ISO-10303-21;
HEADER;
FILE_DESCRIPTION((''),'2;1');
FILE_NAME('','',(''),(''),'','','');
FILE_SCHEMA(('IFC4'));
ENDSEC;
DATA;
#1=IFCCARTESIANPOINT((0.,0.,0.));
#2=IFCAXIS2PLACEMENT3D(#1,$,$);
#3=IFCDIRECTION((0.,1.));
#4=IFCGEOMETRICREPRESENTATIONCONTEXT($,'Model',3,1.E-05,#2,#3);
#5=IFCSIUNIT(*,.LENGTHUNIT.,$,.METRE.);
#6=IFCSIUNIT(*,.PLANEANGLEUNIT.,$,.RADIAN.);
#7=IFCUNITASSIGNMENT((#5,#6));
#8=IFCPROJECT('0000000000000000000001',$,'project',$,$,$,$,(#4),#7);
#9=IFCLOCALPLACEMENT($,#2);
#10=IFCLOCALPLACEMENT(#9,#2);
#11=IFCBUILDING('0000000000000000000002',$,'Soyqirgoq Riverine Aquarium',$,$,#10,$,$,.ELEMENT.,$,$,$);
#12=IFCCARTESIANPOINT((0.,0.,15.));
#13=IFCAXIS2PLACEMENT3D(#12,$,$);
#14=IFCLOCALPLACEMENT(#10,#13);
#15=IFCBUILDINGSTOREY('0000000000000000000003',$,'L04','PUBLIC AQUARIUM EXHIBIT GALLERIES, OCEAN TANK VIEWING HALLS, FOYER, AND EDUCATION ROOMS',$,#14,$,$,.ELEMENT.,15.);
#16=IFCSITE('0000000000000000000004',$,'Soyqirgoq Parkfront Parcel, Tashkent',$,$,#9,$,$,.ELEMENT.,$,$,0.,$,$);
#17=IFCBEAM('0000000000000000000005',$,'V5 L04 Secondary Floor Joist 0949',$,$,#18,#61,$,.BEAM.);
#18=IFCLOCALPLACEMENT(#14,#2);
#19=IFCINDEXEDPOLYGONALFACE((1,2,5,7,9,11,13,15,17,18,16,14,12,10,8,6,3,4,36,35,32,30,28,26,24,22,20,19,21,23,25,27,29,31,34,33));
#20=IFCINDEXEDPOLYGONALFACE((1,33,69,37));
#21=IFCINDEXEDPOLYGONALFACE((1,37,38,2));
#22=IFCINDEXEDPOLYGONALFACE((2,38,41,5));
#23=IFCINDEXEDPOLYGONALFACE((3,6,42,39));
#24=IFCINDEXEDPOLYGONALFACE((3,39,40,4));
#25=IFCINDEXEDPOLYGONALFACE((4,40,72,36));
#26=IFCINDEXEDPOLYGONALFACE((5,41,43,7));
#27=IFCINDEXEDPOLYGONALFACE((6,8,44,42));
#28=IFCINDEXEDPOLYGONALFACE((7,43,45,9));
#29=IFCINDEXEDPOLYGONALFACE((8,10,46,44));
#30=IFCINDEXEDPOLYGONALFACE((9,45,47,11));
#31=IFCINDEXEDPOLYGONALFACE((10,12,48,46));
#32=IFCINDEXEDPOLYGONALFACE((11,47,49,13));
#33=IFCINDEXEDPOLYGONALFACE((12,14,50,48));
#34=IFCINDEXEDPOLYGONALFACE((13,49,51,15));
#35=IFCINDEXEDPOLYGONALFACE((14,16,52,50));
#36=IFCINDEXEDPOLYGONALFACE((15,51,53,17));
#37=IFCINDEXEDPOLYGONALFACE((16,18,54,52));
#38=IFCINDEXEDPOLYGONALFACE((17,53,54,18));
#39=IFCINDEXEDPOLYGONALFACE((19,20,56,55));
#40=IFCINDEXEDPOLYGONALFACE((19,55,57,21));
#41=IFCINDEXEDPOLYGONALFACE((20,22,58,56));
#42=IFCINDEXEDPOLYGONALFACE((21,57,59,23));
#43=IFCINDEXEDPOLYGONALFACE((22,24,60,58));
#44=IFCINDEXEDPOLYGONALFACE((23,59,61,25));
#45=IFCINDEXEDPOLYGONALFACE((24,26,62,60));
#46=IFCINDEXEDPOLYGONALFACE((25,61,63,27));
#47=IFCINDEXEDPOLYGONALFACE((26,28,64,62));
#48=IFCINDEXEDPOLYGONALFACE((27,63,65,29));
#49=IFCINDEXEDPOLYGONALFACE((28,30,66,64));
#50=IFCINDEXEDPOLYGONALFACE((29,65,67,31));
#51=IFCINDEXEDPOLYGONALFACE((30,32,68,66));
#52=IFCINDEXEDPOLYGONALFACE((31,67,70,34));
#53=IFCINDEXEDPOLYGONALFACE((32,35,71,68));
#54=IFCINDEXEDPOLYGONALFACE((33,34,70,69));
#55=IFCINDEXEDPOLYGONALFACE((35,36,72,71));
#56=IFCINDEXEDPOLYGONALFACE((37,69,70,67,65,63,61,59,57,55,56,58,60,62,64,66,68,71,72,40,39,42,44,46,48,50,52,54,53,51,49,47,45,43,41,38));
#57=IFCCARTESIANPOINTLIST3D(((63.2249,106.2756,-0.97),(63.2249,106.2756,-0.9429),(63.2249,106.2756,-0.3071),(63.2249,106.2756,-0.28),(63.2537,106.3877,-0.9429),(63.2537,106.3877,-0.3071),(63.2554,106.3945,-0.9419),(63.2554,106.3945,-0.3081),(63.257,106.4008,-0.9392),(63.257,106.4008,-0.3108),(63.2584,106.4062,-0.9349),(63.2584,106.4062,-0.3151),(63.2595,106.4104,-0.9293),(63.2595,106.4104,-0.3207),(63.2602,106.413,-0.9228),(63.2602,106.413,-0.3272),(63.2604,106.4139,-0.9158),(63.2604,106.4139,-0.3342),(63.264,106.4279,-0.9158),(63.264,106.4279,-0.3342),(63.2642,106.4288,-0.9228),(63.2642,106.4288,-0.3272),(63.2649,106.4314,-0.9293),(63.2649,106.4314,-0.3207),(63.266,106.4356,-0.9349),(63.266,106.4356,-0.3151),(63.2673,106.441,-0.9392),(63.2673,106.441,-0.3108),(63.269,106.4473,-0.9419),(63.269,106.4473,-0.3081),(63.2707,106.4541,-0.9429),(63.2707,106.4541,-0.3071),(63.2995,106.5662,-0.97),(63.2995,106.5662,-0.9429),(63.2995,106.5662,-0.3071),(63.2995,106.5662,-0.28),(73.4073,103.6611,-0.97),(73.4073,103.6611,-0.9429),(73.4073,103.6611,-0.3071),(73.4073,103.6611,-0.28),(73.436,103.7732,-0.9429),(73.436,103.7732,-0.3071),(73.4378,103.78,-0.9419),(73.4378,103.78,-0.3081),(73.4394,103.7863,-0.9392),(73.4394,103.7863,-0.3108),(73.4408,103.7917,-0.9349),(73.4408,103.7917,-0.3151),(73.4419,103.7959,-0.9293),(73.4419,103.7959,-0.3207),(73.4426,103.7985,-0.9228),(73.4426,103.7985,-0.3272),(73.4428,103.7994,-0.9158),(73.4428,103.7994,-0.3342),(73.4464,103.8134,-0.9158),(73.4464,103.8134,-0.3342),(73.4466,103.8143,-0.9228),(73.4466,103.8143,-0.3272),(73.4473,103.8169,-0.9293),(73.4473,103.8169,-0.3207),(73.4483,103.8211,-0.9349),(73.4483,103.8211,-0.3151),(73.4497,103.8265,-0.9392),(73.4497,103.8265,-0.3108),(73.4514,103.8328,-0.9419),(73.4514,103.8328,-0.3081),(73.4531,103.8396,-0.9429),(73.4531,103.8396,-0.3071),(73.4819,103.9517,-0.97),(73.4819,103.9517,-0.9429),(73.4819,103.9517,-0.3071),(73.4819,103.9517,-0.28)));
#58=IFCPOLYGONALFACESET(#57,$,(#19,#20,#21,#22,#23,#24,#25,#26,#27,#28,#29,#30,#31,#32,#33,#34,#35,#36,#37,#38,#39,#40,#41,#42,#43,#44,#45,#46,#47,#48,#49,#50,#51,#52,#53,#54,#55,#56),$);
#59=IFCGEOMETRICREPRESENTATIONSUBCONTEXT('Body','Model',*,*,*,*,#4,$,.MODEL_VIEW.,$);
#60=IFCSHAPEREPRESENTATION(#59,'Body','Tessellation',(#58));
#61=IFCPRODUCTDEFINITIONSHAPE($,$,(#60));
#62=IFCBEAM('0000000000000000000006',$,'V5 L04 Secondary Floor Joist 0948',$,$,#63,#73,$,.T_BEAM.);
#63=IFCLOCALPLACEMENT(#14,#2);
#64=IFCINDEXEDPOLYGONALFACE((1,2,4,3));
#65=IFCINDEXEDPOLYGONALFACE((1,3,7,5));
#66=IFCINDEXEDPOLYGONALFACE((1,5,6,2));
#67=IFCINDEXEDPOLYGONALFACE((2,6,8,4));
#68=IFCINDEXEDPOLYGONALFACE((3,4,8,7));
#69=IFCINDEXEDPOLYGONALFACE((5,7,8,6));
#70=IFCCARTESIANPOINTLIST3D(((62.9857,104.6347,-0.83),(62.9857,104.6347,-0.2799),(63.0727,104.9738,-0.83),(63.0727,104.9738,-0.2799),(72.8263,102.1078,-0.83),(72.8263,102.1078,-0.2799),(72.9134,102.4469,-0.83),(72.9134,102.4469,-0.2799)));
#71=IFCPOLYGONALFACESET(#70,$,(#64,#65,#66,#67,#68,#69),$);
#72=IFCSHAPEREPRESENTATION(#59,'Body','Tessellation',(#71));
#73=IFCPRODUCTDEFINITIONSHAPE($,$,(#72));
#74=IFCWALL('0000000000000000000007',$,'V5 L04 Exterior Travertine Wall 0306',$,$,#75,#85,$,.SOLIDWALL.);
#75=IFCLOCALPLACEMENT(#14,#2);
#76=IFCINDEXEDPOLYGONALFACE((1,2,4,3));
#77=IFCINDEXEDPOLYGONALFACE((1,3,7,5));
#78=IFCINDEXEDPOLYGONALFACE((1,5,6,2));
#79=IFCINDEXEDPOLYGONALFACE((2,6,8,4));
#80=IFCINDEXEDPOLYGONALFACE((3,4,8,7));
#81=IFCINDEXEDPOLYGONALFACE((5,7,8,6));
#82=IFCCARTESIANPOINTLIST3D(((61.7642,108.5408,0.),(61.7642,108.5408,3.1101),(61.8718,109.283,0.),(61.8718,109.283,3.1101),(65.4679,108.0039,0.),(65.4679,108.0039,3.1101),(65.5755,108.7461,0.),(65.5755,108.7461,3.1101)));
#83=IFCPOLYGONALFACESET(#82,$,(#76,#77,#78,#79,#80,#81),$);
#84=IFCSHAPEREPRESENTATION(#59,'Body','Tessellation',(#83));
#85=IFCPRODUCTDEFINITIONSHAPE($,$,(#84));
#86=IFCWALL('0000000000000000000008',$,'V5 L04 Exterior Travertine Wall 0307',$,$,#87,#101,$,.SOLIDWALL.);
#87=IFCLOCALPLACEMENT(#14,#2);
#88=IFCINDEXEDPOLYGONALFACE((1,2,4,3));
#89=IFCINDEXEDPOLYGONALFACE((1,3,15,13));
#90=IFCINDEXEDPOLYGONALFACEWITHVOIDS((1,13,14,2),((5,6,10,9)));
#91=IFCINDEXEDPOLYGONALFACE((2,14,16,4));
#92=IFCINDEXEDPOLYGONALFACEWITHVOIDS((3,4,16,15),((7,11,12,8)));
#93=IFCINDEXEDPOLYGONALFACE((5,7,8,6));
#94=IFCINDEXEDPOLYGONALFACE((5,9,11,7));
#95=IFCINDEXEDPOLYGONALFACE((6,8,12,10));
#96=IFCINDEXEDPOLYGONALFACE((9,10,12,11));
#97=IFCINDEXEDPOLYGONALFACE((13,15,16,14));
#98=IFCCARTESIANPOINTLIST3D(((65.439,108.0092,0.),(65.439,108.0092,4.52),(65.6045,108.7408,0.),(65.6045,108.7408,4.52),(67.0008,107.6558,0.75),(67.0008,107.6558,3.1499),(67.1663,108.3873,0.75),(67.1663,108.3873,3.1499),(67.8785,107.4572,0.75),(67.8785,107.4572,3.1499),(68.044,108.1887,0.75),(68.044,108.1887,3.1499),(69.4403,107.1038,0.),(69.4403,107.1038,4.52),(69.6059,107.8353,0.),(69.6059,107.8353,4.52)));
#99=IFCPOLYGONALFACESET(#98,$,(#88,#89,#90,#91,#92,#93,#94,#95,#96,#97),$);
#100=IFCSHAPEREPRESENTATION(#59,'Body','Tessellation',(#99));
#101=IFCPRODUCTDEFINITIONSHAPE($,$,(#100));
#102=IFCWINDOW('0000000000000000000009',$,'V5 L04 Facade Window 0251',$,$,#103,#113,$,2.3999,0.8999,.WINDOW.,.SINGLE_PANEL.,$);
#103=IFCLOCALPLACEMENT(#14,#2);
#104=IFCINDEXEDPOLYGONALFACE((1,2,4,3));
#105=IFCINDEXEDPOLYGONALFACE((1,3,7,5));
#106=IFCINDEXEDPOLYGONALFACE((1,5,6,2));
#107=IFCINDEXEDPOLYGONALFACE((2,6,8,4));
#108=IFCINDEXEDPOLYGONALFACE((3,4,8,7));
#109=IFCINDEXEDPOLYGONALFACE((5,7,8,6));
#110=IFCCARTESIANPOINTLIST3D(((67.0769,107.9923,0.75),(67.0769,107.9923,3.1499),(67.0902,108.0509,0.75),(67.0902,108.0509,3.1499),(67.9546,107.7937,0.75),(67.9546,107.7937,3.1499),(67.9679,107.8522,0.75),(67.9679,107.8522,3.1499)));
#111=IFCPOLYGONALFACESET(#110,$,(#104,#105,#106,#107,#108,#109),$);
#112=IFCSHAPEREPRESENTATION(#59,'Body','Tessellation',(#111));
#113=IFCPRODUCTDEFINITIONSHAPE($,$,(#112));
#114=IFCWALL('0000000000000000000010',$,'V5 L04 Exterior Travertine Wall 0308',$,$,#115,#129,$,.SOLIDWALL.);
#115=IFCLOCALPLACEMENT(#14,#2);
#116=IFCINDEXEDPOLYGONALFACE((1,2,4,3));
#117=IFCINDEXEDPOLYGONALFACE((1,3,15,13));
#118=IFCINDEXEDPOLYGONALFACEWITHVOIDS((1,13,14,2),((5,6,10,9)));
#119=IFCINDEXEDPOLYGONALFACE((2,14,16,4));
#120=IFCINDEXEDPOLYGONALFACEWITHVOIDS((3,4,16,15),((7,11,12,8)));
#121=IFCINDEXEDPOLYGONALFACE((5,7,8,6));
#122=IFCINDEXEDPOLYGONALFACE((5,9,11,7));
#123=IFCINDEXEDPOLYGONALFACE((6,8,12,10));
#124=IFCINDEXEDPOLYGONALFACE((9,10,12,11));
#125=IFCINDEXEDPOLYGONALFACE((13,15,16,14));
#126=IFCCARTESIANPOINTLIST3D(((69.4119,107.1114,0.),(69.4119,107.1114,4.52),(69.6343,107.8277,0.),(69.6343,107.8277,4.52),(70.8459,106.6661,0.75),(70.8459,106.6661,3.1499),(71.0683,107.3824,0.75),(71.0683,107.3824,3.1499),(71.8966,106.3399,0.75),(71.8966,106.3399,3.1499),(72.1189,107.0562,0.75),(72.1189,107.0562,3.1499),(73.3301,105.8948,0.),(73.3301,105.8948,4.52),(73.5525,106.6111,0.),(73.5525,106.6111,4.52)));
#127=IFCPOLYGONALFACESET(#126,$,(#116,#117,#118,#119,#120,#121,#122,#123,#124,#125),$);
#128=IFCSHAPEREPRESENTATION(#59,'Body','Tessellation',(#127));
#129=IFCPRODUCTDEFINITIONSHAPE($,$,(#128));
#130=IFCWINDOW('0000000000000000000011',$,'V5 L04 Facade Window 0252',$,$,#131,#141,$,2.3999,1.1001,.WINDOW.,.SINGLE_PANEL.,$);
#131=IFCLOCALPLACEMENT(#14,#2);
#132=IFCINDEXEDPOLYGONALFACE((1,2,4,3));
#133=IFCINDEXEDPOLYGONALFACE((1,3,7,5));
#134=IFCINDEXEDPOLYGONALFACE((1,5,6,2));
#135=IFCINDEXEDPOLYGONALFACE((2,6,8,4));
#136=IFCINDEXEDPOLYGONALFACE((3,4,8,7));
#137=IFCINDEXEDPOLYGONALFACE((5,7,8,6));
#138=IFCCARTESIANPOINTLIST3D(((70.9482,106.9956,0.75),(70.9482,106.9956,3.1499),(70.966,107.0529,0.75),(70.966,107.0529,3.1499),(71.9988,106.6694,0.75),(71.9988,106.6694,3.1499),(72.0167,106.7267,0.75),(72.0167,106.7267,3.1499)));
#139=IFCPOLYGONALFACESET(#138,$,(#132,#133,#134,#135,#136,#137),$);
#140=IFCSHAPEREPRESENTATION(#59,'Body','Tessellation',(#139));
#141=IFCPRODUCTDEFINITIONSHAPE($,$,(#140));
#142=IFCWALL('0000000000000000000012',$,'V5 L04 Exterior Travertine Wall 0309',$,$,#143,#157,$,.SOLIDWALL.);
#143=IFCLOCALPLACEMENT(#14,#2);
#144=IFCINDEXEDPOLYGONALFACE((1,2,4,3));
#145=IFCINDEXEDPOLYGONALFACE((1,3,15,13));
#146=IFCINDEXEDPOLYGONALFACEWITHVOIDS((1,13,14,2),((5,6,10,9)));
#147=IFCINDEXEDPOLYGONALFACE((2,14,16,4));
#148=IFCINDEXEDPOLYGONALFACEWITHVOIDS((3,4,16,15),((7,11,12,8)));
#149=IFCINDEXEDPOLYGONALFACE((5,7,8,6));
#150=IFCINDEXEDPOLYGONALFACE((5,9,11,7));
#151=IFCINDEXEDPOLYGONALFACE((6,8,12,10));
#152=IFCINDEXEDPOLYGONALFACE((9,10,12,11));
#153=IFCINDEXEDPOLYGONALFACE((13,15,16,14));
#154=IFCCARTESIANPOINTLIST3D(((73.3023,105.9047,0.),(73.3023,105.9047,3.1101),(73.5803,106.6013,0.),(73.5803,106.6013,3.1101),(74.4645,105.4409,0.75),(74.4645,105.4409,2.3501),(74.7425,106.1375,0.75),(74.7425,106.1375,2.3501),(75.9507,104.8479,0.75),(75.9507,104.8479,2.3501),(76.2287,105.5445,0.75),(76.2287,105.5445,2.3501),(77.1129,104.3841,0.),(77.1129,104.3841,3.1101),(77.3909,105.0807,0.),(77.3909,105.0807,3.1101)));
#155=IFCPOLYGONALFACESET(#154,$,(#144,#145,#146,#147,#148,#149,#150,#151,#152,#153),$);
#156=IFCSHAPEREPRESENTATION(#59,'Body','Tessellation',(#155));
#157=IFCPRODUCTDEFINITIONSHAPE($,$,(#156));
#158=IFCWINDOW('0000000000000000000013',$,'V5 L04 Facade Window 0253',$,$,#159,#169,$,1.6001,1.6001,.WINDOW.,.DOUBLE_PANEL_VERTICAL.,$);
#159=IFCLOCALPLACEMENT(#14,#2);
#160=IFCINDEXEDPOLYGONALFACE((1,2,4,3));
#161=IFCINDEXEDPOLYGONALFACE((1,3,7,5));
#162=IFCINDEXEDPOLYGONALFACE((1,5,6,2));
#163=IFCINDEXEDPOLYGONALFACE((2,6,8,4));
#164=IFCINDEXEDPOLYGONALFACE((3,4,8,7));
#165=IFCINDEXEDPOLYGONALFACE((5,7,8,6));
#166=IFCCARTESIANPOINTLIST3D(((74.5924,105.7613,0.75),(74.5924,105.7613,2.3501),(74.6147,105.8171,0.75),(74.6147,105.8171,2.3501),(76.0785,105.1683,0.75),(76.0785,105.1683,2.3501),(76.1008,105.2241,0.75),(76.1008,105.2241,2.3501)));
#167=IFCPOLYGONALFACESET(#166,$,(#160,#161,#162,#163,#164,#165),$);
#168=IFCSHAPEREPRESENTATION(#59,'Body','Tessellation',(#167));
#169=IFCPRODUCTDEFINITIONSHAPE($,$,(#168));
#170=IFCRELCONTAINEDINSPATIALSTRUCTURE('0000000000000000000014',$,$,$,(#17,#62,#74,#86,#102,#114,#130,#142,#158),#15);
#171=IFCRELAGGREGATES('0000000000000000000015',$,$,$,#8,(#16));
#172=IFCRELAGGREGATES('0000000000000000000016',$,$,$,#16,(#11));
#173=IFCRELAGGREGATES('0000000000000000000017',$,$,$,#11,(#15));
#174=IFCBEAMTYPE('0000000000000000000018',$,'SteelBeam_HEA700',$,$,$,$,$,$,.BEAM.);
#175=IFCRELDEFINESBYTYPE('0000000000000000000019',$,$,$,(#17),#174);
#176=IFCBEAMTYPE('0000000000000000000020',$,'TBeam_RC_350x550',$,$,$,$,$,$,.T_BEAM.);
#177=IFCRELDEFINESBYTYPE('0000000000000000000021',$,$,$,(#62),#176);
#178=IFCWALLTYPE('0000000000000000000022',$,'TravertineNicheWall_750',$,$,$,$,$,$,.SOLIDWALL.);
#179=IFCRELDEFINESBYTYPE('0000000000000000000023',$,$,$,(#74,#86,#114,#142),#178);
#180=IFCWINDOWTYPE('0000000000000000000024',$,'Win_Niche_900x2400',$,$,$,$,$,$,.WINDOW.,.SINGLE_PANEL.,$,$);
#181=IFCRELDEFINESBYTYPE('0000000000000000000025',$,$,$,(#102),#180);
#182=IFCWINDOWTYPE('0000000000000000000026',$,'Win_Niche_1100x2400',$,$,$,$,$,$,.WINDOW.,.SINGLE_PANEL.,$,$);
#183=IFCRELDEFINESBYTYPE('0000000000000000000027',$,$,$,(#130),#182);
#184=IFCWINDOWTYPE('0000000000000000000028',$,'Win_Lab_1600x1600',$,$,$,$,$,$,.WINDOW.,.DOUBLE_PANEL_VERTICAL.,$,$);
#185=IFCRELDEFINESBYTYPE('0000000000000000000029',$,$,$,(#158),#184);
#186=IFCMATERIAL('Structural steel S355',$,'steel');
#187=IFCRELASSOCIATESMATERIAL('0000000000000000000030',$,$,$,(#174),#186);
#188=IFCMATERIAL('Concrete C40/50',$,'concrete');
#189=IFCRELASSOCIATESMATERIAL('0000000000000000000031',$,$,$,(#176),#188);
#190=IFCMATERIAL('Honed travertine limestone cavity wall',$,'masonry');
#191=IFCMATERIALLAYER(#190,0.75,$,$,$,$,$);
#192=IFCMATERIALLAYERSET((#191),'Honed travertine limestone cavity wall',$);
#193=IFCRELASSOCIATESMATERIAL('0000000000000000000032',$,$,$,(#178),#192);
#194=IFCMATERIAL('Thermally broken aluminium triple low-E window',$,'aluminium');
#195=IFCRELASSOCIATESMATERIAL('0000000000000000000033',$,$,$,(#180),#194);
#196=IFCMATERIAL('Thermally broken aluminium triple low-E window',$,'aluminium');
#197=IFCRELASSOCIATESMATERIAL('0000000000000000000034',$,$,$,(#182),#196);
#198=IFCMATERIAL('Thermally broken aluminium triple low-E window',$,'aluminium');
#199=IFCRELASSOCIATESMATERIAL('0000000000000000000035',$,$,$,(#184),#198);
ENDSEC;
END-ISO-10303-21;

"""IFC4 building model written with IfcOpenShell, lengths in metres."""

from ifc_helpers import new_model, si_unit, direction, frame, frame_2d, origin, origin_2d, place, context, subcontext, project, spatial, rectangle, i_section, extrude, material, layer, layer_set, material_profile, profile_set, type_object, element, fill, save


model = new_model("IFC4")

# Units and contexts
model_context = context("Model", 3, precision=1e-05, world=origin(), true_north=direction((0.0, 1.0)))
body_context = subcontext(model_context, "Body", "Model", "MODEL_VIEW")
ifc_project = project(units=[si_unit("LENGTHUNIT", "METRE"), si_unit("PLANEANGLEUNIT", "RADIAN")], contexts=[model_context])

# Site, building, storey
site_placement = place(None, origin())
site = spatial("IfcSite", under=ifc_project, at=site_placement, Name="Soyqirgoq Parkfront Parcel, Tashkent", CompositionType="ELEMENT", RefElevation=0.0)
building_placement = place(site_placement, origin())
building = spatial("IfcBuilding", under=site, at=building_placement, Name="Soyqirgoq Riverine Aquarium", CompositionType="ELEMENT")
storey_placement = place(building_placement, frame((0.0, 0.0, 15.0)))
storey = spatial("IfcBuildingStorey", under=building, at=storey_placement, Name="L04", Description="PUBLIC AQUARIUM EXHIBIT GALLERIES, OCEAN TANK VIEWING HALLS, FOYER, AND EDUCATION ROOMS", CompositionType="ELEMENT", Elevation=15.0)

# Beams
ifc_material_1 = material(Name="Structural steel S355", Category="steel")
ifc_material_profile_1 = material_profile(ifc_material_1, i_section(OverallWidth=0.3, OverallDepth=0.6899, WebThickness=0.0144, FlangeThickness=0.0271, FilletRadius=0.0271, at=origin_2d()), Name="HEA 700")
ifc_profile_set_1 = profile_set([ifc_material_profile_1], Name="Structural steel S355")
beam_type_1 = type_object("IfcBeamType", Name="SteelBeam_HEA700", PredefinedType="BEAM", material=ifc_profile_set_1)
beam_1_placement = place(storey_placement, frame((73.4446, 103.8064, -0.625), z_axis=(-0.968581, 0.2487, 0.0), x_axis=(-0.2487, -0.968581, 0.0)))
element("IfcBeam", 1, at=beam_1_placement, inside=storey, type_object=beam_type_1, Name="V5 L04 Secondary Floor Joist 0949", PredefinedType="BEAM", context=body_context, shape_type="SweptSolid", body=[
    extrude(i_section(OverallWidth=0.3, OverallDepth=0.6899, WebThickness=0.0144, FlangeThickness=0.0271, FilletRadius=0.0271, at=origin_2d()), origin(), (0.0, 0.0, 1.0), 10.5127),
])
ifc_material_2 = material(Name="Concrete C40/50", Category="concrete")
ifc_material_profile_2 = material_profile(ifc_material_2, rectangle(XDim=0.3501, YDim=0.55, at=origin_2d()), Name="RC 350x550")
ifc_profile_set_2 = profile_set([ifc_material_profile_2], Name="Concrete C40/50")
beam_type_2 = type_object("IfcBeamType", Name="TBeam_RC_350x550", PredefinedType="T_BEAM", material=ifc_profile_set_2)
beam_2_placement = place(storey_placement, frame((72.8699, 102.2773, -0.5549), z_axis=(-0.968578, 0.248711, 0.0), x_axis=(-0.248711, -0.968578, 0.0)))
element("IfcBeam", 2, at=beam_2_placement, inside=storey, type_object=beam_type_2, Name="V5 L04 Secondary Floor Joist 0948", PredefinedType="T_BEAM", context=body_context, shape_type="SweptSolid", body=[
    extrude(rectangle(XDim=0.3501, YDim=0.55, at=origin_2d()), origin(), (0.0, 0.0, 1.0), 10.1599),
])

# Wall
ifc_material_3 = material(Name="Honed travertine limestone cavity wall", Category="masonry")
ifc_layer = layer(ifc_material_3, 0.75)
ifc_layer_set = layer_set([ifc_layer], Name="Honed travertine limestone cavity wall")
wall_type = type_object("IfcWallType", Name="TravertineNicheWall_750", PredefinedType="SOLIDWALL", material=ifc_layer_set)
wall_1_placement = place(storey_placement, frame((61.8181, 108.9119, 0.0), z_axis=(0.0, 0.0, 1.0), x_axis=(0.989656, -0.143458, 0.0)))
element("IfcWall", 3, at=wall_1_placement, inside=storey, type_object=wall_type, Name="V5 L04 Exterior Travertine Wall 0306", PredefinedType="SOLIDWALL", context=body_context, shape_type="SweptSolid", body=[
    extrude(rectangle(XDim=3.7424, YDim=0.75, at=frame_2d((1.8711, 0.0))), origin(), (0.0, 0.0, 1.0), 3.1101),
])

# Walls, openings, windows
wall_2_placement = place(storey_placement, frame((65.5217, 108.375, 0.0), z_axis=(0.0, 0.0, 1.0), x_axis=(0.975338, -0.220716, 0.0)))
wall_2 = element("IfcWall", 4, at=wall_2_placement, inside=storey, type_object=wall_type, Name="V5 L04 Exterior Travertine Wall 0307", PredefinedType="SOLIDWALL", context=body_context, shape_type="SweptSolid", body=[
    extrude(rectangle(XDim=4.1025, YDim=0.75, at=frame_2d((2.0513, 0.0))), origin(), (0.0, 0.0, 1.0), 4.52),
])
opening_1_placement = place(wall_2_placement, frame((1.6013, 0.0, 0.75)))
opening_1 = element("IfcOpeningElement", 5, at=opening_1_placement, cuts=wall_2, PredefinedType="OPENING", context=body_context, shape_type="SweptSolid", body=[
    extrude(rectangle(XDim=0.8999, YDim=2.3999, at=frame_2d((0.45, 1.2))), frame((0.0, 0.385, 0.0), z_axis=(0.0, -1.0, 0.0), x_axis=(1.0, 0.0, 0.0)), (0.0, 0.0, 1.0), 0.77),
])
ifc_material_4 = material(Name="Thermally broken aluminium triple low-E window", Category="aluminium")
window_type_1 = type_object("IfcWindowType", Name="Win_Niche_900x2400", PartitioningType="SINGLE_PANEL", PredefinedType="WINDOW", material=ifc_material_4)
window_1_placement = place(opening_1_placement, origin())
window_1 = element("IfcWindow", 6, at=window_1_placement, inside=storey, type_object=window_type_1, Name="V5 L04 Facade Window 0251", OverallHeight=2.3999, OverallWidth=0.8999, PartitioningType="SINGLE_PANEL", PredefinedType="WINDOW", context=body_context, shape_type="SweptSolid", body=[
    extrude(rectangle(XDim=0.8999, YDim=2.3999, at=frame_2d((0.45, 1.2))), frame((0.0, 0.03, 0.0), z_axis=(0.0, -1.0, 0.0), x_axis=(1.0, 0.0, 0.0)), (0.0, 0.0, 1.0), 0.0601),
])
fill(opening_1, window_1)
wall_3_placement = place(storey_placement, frame((69.5232, 107.4695, 0.0), z_axis=(0.0, 0.0, 1.0), x_axis=(0.955026, -0.296523, 0.0)))
wall_3 = element("IfcWall", 7, at=wall_3_placement, inside=storey, type_object=wall_type, Name="V5 L04 Exterior Travertine Wall 0308", PredefinedType="SOLIDWALL", context=body_context, shape_type="SweptSolid", body=[
    extrude(rectangle(XDim=4.1028, YDim=0.75, at=frame_2d((2.0513, 0.0))), origin(), (0.0, 0.0, 1.0), 4.52),
])
opening_2_placement = place(wall_3_placement, frame((1.5015, 0.0, 0.75)))
opening_2 = element("IfcOpeningElement", 8, at=opening_2_placement, cuts=wall_3, PredefinedType="OPENING", context=body_context, shape_type="SweptSolid", body=[
    extrude(rectangle(XDim=1.1001, YDim=2.3999, at=frame_2d((0.55, 1.2))), frame((0.0, 0.385, 0.0), z_axis=(0.0, -1.0, 0.0), x_axis=(1.0, 0.0, 0.0)), (0.0, 0.0, 1.0), 0.77),
])
ifc_material_5 = material(Name="Thermally broken aluminium triple low-E window", Category="aluminium")
window_type_2 = type_object("IfcWindowType", Name="Win_Niche_1100x2400", PartitioningType="SINGLE_PANEL", PredefinedType="WINDOW", material=ifc_material_5)
window_2_placement = place(opening_2_placement, origin())
window_2 = element("IfcWindow", 9, at=window_2_placement, inside=storey, type_object=window_type_2, Name="V5 L04 Facade Window 0252", OverallHeight=2.3999, OverallWidth=1.1001, PartitioningType="SINGLE_PANEL", PredefinedType="WINDOW", context=body_context, shape_type="SweptSolid", body=[
    extrude(rectangle(XDim=1.1001, YDim=2.3999, at=frame_2d((0.55, 1.2))), frame((0.0, 0.03, 0.0), z_axis=(0.0, -1.0, 0.0), x_axis=(1.0, 0.0, 0.0)), (0.0, 0.0, 1.0), 0.0601),
])
fill(opening_2, window_2)
wall_4_placement = place(storey_placement, frame((73.4414, 106.2529, 0.0), z_axis=(0.0, 0.0, 1.0), x_axis=(0.928788, -0.370611, 0.0)))
wall_4 = element("IfcWall", 10, at=wall_4_placement, inside=storey, type_object=wall_type, Name="V5 L04 Exterior Travertine Wall 0309", PredefinedType="SOLIDWALL", context=body_context, shape_type="SweptSolid", body=[
    extrude(rectangle(XDim=4.1028, YDim=0.75, at=frame_2d((2.0513, 0.0))), origin(), (0.0, 0.0, 1.0), 3.1101),
])
opening_3_placement = place(wall_4_placement, frame((1.2512, 0.0, 0.75)))
opening_3 = element("IfcOpeningElement", 11, at=opening_3_placement, cuts=wall_4, PredefinedType="OPENING", context=body_context, shape_type="SweptSolid", body=[
    extrude(rectangle(XDim=1.6001, YDim=1.6001, at=frame_2d((0.8, 0.8))), frame((0.0, 0.385, 0.0), z_axis=(0.0, -1.0, 0.0), x_axis=(1.0, 0.0, 0.0)), (0.0, 0.0, 1.0), 0.77),
])
ifc_material_6 = material(Name="Thermally broken aluminium triple low-E window", Category="aluminium")
window_type_3 = type_object("IfcWindowType", Name="Win_Lab_1600x1600", PartitioningType="DOUBLE_PANEL_VERTICAL", PredefinedType="WINDOW", material=ifc_material_6)
window_3_placement = place(opening_3_placement, origin())
window_3 = element("IfcWindow", 12, at=window_3_placement, inside=storey, type_object=window_type_3, Name="V5 L04 Facade Window 0253", OverallHeight=1.6001, OverallWidth=1.6001, PartitioningType="DOUBLE_PANEL_VERTICAL", PredefinedType="WINDOW", context=body_context, shape_type="SweptSolid", body=[
    extrude(rectangle(XDim=1.6001, YDim=1.6001, at=frame_2d((0.8, 0.8))), frame((0.0, 0.03, 0.0), z_axis=(0.0, -1.0, 0.0), x_axis=(1.0, 0.0, 0.0)), (0.0, 0.0, 1.0), 0.0601),
])
fill(opening_3, window_3)

save(model, "model.ifc")
